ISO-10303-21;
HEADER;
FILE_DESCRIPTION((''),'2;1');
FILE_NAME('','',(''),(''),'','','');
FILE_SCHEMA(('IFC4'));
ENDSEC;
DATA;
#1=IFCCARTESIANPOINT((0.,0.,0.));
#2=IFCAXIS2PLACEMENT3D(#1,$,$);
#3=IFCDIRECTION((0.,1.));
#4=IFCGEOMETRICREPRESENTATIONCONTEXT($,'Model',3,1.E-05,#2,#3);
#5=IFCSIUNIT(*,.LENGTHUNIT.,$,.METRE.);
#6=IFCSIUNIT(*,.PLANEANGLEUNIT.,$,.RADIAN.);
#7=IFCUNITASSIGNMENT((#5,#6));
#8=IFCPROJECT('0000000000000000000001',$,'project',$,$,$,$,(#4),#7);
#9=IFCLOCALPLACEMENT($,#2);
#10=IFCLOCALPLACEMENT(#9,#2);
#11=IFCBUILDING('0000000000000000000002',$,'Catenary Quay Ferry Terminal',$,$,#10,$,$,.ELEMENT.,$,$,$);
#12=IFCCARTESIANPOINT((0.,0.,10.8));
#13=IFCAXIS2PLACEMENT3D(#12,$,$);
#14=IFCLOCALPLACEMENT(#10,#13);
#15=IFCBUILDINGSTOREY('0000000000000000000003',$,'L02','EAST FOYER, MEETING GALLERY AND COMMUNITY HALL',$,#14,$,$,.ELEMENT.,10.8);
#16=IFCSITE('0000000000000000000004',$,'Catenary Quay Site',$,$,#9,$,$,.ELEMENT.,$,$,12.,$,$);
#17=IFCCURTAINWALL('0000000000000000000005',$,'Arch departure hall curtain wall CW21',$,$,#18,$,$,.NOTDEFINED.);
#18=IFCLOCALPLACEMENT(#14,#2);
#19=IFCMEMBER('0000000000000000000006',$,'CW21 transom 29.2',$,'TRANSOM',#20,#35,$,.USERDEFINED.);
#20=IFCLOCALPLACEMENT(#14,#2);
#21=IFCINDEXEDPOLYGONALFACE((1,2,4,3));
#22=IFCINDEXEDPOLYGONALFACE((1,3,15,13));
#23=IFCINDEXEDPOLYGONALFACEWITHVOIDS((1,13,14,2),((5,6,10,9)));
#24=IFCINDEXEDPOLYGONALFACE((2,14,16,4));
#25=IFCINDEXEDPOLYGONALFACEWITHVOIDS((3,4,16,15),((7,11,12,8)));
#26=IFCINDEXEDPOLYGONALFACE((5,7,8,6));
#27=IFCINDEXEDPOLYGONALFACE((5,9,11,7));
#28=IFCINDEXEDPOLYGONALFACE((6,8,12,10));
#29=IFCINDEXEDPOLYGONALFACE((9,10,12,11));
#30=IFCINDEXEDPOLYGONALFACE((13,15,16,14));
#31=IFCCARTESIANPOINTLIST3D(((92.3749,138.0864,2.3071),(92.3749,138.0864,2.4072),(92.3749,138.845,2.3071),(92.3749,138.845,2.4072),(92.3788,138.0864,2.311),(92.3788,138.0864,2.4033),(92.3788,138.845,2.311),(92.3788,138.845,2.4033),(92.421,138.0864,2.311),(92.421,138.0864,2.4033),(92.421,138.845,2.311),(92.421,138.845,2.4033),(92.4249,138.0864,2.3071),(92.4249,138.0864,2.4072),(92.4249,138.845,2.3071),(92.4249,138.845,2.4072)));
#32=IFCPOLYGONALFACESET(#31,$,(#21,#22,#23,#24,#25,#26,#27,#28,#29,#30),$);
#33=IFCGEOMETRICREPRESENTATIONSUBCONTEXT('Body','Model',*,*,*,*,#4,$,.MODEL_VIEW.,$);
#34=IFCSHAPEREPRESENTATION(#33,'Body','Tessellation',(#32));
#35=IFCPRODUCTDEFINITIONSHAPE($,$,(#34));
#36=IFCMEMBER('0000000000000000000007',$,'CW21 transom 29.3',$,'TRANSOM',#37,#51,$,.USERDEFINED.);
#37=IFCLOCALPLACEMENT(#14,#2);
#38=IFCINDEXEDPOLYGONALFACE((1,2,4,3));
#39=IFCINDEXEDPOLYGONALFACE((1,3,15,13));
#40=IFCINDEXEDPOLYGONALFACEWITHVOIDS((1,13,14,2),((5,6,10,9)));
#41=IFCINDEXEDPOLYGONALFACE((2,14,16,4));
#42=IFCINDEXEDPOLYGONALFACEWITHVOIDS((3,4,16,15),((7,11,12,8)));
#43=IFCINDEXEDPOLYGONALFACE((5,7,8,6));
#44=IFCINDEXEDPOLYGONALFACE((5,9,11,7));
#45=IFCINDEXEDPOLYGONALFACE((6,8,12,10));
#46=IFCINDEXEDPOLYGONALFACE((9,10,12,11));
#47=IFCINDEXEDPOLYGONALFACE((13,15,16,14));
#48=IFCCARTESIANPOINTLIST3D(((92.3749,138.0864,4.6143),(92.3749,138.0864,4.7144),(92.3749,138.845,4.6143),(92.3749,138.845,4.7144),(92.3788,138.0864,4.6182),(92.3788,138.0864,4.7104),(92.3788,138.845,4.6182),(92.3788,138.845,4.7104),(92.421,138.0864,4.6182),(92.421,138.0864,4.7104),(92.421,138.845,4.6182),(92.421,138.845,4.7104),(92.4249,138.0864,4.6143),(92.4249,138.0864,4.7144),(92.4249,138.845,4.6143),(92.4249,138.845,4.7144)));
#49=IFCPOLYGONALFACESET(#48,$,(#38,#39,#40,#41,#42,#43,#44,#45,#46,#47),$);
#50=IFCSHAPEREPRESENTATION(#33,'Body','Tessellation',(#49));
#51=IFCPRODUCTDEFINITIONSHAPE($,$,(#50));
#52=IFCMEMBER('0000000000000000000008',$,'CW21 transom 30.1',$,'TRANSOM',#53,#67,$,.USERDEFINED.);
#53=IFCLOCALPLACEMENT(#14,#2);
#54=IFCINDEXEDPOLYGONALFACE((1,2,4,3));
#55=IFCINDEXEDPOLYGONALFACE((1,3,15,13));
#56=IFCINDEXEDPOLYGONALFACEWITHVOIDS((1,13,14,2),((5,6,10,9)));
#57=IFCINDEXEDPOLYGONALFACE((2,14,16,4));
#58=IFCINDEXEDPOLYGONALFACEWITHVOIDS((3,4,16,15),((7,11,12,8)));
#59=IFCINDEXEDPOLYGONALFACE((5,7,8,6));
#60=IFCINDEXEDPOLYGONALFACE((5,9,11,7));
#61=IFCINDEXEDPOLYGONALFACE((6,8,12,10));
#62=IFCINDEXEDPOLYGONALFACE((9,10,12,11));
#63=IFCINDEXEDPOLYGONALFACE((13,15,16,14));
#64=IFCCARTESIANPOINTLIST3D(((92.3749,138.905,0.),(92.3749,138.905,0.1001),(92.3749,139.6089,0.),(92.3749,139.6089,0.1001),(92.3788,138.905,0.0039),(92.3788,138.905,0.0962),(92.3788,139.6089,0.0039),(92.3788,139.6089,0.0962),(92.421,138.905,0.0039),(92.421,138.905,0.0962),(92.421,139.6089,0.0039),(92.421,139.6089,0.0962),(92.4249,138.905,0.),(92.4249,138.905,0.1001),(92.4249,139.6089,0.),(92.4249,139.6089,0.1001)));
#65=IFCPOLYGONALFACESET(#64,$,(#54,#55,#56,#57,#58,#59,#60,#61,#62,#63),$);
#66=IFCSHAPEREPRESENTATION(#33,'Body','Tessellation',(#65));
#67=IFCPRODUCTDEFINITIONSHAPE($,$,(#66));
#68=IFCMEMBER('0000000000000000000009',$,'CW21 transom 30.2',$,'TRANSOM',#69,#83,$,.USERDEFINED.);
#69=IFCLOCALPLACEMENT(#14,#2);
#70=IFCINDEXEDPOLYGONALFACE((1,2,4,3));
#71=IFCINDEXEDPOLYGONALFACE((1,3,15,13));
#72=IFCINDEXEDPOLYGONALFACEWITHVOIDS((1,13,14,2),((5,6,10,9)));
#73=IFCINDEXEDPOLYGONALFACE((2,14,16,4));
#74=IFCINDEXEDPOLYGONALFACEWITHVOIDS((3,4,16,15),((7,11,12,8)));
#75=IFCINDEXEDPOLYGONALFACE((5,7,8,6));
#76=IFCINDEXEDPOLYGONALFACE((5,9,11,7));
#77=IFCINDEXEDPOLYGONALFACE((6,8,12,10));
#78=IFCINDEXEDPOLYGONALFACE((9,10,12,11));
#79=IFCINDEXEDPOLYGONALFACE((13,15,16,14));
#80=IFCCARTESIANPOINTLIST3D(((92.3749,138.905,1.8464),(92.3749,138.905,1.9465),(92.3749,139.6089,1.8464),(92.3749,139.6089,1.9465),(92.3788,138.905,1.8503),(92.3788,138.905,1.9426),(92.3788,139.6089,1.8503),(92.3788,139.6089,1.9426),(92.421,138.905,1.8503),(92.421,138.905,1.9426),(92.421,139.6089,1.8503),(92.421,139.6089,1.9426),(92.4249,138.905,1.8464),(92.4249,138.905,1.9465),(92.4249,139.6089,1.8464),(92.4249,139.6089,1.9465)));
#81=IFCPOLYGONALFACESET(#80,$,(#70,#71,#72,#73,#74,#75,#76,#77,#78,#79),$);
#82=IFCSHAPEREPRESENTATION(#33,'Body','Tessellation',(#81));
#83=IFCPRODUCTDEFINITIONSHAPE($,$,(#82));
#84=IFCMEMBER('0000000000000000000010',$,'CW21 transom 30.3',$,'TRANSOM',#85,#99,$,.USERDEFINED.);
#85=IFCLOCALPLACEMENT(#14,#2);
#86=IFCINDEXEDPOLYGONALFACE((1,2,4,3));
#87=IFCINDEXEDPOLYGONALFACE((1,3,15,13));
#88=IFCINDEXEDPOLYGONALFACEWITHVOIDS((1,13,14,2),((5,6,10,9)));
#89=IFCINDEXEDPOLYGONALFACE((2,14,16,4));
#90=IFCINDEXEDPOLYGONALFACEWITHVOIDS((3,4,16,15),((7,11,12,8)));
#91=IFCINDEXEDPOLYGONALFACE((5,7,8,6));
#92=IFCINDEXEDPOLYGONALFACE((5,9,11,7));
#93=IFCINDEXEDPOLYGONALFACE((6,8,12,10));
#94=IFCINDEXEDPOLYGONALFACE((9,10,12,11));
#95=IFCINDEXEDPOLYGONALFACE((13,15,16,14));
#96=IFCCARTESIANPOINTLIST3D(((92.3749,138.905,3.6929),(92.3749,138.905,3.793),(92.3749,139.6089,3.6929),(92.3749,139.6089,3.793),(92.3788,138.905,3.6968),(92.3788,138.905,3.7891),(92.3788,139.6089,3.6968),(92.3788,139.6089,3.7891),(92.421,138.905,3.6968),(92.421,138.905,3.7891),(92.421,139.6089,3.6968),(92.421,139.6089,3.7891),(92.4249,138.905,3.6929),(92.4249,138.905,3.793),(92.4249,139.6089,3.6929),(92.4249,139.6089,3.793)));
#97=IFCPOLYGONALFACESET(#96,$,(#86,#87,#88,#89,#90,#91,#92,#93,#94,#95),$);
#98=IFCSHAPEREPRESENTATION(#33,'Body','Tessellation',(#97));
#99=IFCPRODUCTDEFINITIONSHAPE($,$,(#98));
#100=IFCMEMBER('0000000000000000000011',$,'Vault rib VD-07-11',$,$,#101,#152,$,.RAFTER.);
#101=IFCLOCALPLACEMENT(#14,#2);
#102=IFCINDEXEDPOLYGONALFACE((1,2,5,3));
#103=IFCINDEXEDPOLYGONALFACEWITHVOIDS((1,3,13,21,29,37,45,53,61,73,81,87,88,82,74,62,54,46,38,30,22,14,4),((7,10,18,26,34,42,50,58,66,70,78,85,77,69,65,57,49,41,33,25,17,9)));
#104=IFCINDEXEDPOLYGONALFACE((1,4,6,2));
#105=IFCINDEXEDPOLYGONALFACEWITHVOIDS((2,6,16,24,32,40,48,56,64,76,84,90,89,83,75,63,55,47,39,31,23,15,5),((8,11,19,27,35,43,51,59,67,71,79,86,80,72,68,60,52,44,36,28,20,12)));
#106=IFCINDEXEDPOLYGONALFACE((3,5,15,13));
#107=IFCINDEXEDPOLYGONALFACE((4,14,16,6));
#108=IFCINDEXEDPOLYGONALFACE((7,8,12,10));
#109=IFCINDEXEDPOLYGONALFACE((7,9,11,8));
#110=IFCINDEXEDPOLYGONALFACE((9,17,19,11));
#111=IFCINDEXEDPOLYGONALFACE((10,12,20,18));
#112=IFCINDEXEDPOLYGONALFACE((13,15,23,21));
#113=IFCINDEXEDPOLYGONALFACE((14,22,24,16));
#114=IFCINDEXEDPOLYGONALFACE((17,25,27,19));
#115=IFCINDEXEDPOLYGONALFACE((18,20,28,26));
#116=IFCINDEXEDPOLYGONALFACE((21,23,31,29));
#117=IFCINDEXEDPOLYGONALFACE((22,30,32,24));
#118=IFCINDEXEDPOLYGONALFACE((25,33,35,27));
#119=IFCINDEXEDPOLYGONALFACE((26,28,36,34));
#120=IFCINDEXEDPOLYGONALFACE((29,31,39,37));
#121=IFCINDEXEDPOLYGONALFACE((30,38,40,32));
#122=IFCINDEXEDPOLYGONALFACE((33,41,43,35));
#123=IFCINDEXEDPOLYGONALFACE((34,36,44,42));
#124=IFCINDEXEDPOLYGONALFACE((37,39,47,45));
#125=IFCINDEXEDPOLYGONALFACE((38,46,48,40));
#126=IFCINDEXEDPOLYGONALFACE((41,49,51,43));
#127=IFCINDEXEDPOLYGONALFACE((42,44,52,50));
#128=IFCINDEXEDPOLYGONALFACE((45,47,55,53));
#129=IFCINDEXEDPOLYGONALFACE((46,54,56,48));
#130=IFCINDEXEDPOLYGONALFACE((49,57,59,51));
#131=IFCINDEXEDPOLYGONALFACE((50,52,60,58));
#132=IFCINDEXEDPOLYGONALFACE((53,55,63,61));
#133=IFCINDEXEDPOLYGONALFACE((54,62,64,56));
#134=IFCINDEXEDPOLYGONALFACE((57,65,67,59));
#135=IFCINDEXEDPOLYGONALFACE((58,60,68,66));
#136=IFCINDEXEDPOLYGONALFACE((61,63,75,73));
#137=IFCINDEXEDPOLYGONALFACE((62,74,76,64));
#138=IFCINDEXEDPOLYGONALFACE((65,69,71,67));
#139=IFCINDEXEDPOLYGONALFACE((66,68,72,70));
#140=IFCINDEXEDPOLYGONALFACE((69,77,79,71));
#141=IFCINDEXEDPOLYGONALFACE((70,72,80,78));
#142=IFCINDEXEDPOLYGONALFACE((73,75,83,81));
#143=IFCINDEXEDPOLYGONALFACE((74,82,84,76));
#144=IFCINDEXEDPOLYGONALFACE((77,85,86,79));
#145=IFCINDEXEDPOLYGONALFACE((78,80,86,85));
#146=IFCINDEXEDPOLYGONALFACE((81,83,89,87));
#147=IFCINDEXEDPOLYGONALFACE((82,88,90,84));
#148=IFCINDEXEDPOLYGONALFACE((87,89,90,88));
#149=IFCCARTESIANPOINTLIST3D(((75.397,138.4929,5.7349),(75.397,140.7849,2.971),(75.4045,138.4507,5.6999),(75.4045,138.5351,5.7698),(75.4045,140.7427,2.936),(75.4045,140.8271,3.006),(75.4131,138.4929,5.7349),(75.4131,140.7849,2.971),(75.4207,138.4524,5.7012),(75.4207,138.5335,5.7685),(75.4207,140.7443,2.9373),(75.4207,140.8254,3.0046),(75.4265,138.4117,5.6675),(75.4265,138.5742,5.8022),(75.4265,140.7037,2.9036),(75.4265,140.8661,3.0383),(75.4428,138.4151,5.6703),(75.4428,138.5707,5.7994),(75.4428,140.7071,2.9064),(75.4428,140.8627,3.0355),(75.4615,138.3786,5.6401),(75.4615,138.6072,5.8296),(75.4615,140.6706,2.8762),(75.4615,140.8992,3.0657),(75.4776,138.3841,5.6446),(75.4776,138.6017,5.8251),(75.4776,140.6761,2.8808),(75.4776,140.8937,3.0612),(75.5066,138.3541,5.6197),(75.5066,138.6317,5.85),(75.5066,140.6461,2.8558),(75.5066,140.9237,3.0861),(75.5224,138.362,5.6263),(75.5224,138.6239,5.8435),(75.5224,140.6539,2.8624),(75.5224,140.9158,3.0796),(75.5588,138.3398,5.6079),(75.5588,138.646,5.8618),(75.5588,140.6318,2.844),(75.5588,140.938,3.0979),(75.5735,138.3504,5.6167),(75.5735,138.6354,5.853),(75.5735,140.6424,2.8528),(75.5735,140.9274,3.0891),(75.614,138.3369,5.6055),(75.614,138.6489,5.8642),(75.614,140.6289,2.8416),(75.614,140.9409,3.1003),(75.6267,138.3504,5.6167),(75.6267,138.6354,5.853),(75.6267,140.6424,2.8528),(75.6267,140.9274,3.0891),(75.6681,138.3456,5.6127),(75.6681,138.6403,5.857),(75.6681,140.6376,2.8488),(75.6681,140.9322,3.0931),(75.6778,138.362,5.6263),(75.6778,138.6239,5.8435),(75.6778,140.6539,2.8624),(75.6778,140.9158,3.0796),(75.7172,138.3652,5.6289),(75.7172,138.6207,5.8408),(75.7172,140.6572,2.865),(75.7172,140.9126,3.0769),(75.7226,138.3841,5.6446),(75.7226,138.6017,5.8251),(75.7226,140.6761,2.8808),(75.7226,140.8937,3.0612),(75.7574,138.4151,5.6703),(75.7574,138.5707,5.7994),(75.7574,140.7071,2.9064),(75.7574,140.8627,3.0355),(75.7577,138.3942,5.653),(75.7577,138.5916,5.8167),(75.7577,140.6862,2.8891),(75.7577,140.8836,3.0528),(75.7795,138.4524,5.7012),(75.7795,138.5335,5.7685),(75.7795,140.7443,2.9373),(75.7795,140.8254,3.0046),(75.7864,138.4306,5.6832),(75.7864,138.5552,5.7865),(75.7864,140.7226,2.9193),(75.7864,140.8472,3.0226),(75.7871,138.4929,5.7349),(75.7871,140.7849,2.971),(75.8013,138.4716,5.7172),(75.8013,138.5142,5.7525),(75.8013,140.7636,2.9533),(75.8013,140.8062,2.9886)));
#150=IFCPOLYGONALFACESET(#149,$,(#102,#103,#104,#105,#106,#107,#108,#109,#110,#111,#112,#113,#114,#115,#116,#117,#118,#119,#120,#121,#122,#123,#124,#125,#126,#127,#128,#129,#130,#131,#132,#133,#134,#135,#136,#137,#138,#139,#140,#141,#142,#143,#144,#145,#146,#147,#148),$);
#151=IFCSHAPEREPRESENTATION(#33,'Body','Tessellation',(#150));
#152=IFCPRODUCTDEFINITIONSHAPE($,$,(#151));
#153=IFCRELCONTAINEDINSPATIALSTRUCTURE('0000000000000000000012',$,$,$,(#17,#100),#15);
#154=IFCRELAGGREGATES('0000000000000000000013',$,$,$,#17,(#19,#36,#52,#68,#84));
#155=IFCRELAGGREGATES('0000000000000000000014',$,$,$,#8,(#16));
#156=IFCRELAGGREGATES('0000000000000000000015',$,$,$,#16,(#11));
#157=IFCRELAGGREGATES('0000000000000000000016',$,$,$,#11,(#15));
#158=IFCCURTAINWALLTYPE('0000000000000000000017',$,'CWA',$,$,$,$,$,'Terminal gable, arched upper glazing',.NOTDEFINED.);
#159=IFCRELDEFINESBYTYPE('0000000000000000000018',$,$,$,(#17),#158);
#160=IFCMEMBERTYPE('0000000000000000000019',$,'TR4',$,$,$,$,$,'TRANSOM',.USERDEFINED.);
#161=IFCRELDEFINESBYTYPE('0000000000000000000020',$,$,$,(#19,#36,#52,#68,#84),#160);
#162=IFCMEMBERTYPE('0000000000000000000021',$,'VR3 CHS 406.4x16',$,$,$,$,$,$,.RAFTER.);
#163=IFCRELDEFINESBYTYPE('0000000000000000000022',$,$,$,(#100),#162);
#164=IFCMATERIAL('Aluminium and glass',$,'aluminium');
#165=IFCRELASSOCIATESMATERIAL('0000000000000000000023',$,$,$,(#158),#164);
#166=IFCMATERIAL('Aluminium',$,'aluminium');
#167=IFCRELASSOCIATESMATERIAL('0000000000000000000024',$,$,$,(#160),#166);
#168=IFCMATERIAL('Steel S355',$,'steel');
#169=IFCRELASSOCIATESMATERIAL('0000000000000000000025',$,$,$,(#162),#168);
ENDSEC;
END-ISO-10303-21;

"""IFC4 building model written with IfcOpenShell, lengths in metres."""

from ifc_helpers import new_model, si_unit, direction, frame, origin, origin_2d, place, context, subcontext, project, spatial, hollow_rectangle, hollow_circle, extrude, material, material_profile, profile_set, type_object, element, aggregate, save


model = new_model("IFC4")

# Units and contexts
model_context = context("Model", 3, precision=1e-05, world=origin(), true_north=direction((0.0, 1.0)))
body_context = subcontext(model_context, "Body", "Model", "MODEL_VIEW")
ifc_project = project(units=[si_unit("LENGTHUNIT", "METRE"), si_unit("PLANEANGLEUNIT", "RADIAN")], contexts=[model_context])

# Site, building, storey
site_placement = place(None, origin())
site = spatial("IfcSite", under=ifc_project, at=site_placement, Name="Catenary Quay Site", CompositionType="ELEMENT", RefElevation=12.0)
building_placement = place(site_placement, origin())
building = spatial("IfcBuilding", under=site, at=building_placement, Name="Catenary Quay Ferry Terminal", CompositionType="ELEMENT")
storey_placement = place(building_placement, frame((0.0, 0.0, 10.8)))
storey = spatial("IfcBuildingStorey", under=building, at=storey_placement, Name="L02", Description="EAST FOYER, MEETING GALLERY AND COMMUNITY HALL", CompositionType="ELEMENT", Elevation=10.8)

# Curtain wall, members
ifc_material_1 = material(Name="Aluminium and glass", Category="aluminium")
curtain_wall_type = type_object("IfcCurtainWallType", Name="CWA", ElementType="Terminal gable, arched upper glazing", PredefinedType="NOTDEFINED", material=ifc_material_1)
curtain_wall_placement = place(storey_placement, origin())
curtain_wall = element("IfcCurtainWall", 1, at=curtain_wall_placement, inside=storey, type_object=curtain_wall_type, Name="Arch departure hall curtain wall CW21", PredefinedType="NOTDEFINED")
ifc_material_2 = material(Name="Aluminium", Category="aluminium")
ifc_material_profile_1 = material_profile(ifc_material_2, hollow_rectangle(XDim=0.05, YDim=0.1001, WallThickness=0.0039, at=origin_2d()), Name="TR4")
ifc_profile_set_1 = profile_set([ifc_material_profile_1], Name="Aluminium")
member_type_1 = type_object("IfcMemberType", Name="TR4", ElementType="TRANSOM", PredefinedType="USERDEFINED", material=ifc_profile_set_1)
member_1_placement = place(storey_placement, frame((92.3999, 138.0864, 2.3572), z_axis=(0.0, 1.0, 0.0), x_axis=(-1.0, 0.0, 0.0)))
member_1 = element("IfcMember", 2, at=member_1_placement, type_object=member_type_1, Name="CW21 transom 29.2", ObjectType="TRANSOM", PredefinedType="USERDEFINED", context=body_context, shape_type="SweptSolid", body=[
    extrude(hollow_rectangle(XDim=0.05, YDim=0.1001, WallThickness=0.0039, at=origin_2d()), origin(), (0.0, 0.0, 1.0), 0.7585),
])
member_2_placement = place(storey_placement, frame((92.3999, 138.0864, 4.6643), z_axis=(0.0, 1.0, 0.0), x_axis=(-1.0, 0.0, 0.0)))
member_2 = element("IfcMember", 3, at=member_2_placement, type_object=member_type_1, Name="CW21 transom 29.3", ObjectType="TRANSOM", PredefinedType="USERDEFINED", context=body_context, shape_type="SweptSolid", body=[
    extrude(hollow_rectangle(XDim=0.05, YDim=0.1001, WallThickness=0.0039, at=origin_2d()), origin(), (0.0, 0.0, 1.0), 0.7585),
])
member_3_placement = place(storey_placement, frame((92.3999, 138.905, 0.05), z_axis=(0.0, 1.0, 0.0), x_axis=(-1.0, 0.0, 0.0)))
member_3 = element("IfcMember", 4, at=member_3_placement, type_object=member_type_1, Name="CW21 transom 30.1", ObjectType="TRANSOM", PredefinedType="USERDEFINED", context=body_context, shape_type="SweptSolid", body=[
    extrude(hollow_rectangle(XDim=0.05, YDim=0.1001, WallThickness=0.0039, at=origin_2d()), origin(), (0.0, 0.0, 1.0), 0.7039),
])
member_4_placement = place(storey_placement, frame((92.3999, 138.905, 1.8965), z_axis=(0.0, 1.0, 0.0), x_axis=(-1.0, 0.0, 0.0)))
member_4 = element("IfcMember", 5, at=member_4_placement, type_object=member_type_1, Name="CW21 transom 30.2", ObjectType="TRANSOM", PredefinedType="USERDEFINED", context=body_context, shape_type="SweptSolid", body=[
    extrude(hollow_rectangle(XDim=0.05, YDim=0.1001, WallThickness=0.0039, at=origin_2d()), origin(), (0.0, 0.0, 1.0), 0.7039),
])
member_5_placement = place(storey_placement, frame((92.3999, 138.905, 3.7429), z_axis=(0.0, 1.0, 0.0), x_axis=(-1.0, 0.0, 0.0)))
member_5 = element("IfcMember", 6, at=member_5_placement, type_object=member_type_1, Name="CW21 transom 30.3", ObjectType="TRANSOM", PredefinedType="USERDEFINED", context=body_context, shape_type="SweptSolid", body=[
    extrude(hollow_rectangle(XDim=0.05, YDim=0.1001, WallThickness=0.0039, at=origin_2d()), origin(), (0.0, 0.0, 1.0), 0.7039),
])

# Member
ifc_material_3 = material(Name="Steel S355", Category="steel")
ifc_material_profile_2 = material_profile(ifc_material_3, hollow_circle(Radius=0.2031, WallThickness=0.0161, at=origin_2d()), Name="CHS 406.4x16")
ifc_profile_set_2 = profile_set([ifc_material_profile_2], Name="Steel S355")
member_type_2 = type_object("IfcMemberType", Name="VR3 CHS 406.4x16", PredefinedType="RAFTER", material=ifc_profile_set_2)
for number, where, z_axis, x_axis, name in (
    (7, (75.6001, 138.4929, 5.7349), (0.0, 0.63833, -0.769763), (-1.0, 0.0, 0.0), "Vault rib VD-07-11"),
):
    element("IfcMember", number, at=place(storey_placement, frame(where, z_axis=z_axis, x_axis=x_axis)), inside=storey, type_object=member_type_2, Name=name, PredefinedType="RAFTER", context=body_context, shape_type="SweptSolid", body=[
        extrude(hollow_circle(Radius=0.2031, WallThickness=0.0161, at=origin_2d()), origin(), (0.0, 0.0, 1.0), 3.5906),
    ])

aggregate(curtain_wall, [member_1, member_2, member_3, member_4, member_5])

save(model, "model.ifc")
